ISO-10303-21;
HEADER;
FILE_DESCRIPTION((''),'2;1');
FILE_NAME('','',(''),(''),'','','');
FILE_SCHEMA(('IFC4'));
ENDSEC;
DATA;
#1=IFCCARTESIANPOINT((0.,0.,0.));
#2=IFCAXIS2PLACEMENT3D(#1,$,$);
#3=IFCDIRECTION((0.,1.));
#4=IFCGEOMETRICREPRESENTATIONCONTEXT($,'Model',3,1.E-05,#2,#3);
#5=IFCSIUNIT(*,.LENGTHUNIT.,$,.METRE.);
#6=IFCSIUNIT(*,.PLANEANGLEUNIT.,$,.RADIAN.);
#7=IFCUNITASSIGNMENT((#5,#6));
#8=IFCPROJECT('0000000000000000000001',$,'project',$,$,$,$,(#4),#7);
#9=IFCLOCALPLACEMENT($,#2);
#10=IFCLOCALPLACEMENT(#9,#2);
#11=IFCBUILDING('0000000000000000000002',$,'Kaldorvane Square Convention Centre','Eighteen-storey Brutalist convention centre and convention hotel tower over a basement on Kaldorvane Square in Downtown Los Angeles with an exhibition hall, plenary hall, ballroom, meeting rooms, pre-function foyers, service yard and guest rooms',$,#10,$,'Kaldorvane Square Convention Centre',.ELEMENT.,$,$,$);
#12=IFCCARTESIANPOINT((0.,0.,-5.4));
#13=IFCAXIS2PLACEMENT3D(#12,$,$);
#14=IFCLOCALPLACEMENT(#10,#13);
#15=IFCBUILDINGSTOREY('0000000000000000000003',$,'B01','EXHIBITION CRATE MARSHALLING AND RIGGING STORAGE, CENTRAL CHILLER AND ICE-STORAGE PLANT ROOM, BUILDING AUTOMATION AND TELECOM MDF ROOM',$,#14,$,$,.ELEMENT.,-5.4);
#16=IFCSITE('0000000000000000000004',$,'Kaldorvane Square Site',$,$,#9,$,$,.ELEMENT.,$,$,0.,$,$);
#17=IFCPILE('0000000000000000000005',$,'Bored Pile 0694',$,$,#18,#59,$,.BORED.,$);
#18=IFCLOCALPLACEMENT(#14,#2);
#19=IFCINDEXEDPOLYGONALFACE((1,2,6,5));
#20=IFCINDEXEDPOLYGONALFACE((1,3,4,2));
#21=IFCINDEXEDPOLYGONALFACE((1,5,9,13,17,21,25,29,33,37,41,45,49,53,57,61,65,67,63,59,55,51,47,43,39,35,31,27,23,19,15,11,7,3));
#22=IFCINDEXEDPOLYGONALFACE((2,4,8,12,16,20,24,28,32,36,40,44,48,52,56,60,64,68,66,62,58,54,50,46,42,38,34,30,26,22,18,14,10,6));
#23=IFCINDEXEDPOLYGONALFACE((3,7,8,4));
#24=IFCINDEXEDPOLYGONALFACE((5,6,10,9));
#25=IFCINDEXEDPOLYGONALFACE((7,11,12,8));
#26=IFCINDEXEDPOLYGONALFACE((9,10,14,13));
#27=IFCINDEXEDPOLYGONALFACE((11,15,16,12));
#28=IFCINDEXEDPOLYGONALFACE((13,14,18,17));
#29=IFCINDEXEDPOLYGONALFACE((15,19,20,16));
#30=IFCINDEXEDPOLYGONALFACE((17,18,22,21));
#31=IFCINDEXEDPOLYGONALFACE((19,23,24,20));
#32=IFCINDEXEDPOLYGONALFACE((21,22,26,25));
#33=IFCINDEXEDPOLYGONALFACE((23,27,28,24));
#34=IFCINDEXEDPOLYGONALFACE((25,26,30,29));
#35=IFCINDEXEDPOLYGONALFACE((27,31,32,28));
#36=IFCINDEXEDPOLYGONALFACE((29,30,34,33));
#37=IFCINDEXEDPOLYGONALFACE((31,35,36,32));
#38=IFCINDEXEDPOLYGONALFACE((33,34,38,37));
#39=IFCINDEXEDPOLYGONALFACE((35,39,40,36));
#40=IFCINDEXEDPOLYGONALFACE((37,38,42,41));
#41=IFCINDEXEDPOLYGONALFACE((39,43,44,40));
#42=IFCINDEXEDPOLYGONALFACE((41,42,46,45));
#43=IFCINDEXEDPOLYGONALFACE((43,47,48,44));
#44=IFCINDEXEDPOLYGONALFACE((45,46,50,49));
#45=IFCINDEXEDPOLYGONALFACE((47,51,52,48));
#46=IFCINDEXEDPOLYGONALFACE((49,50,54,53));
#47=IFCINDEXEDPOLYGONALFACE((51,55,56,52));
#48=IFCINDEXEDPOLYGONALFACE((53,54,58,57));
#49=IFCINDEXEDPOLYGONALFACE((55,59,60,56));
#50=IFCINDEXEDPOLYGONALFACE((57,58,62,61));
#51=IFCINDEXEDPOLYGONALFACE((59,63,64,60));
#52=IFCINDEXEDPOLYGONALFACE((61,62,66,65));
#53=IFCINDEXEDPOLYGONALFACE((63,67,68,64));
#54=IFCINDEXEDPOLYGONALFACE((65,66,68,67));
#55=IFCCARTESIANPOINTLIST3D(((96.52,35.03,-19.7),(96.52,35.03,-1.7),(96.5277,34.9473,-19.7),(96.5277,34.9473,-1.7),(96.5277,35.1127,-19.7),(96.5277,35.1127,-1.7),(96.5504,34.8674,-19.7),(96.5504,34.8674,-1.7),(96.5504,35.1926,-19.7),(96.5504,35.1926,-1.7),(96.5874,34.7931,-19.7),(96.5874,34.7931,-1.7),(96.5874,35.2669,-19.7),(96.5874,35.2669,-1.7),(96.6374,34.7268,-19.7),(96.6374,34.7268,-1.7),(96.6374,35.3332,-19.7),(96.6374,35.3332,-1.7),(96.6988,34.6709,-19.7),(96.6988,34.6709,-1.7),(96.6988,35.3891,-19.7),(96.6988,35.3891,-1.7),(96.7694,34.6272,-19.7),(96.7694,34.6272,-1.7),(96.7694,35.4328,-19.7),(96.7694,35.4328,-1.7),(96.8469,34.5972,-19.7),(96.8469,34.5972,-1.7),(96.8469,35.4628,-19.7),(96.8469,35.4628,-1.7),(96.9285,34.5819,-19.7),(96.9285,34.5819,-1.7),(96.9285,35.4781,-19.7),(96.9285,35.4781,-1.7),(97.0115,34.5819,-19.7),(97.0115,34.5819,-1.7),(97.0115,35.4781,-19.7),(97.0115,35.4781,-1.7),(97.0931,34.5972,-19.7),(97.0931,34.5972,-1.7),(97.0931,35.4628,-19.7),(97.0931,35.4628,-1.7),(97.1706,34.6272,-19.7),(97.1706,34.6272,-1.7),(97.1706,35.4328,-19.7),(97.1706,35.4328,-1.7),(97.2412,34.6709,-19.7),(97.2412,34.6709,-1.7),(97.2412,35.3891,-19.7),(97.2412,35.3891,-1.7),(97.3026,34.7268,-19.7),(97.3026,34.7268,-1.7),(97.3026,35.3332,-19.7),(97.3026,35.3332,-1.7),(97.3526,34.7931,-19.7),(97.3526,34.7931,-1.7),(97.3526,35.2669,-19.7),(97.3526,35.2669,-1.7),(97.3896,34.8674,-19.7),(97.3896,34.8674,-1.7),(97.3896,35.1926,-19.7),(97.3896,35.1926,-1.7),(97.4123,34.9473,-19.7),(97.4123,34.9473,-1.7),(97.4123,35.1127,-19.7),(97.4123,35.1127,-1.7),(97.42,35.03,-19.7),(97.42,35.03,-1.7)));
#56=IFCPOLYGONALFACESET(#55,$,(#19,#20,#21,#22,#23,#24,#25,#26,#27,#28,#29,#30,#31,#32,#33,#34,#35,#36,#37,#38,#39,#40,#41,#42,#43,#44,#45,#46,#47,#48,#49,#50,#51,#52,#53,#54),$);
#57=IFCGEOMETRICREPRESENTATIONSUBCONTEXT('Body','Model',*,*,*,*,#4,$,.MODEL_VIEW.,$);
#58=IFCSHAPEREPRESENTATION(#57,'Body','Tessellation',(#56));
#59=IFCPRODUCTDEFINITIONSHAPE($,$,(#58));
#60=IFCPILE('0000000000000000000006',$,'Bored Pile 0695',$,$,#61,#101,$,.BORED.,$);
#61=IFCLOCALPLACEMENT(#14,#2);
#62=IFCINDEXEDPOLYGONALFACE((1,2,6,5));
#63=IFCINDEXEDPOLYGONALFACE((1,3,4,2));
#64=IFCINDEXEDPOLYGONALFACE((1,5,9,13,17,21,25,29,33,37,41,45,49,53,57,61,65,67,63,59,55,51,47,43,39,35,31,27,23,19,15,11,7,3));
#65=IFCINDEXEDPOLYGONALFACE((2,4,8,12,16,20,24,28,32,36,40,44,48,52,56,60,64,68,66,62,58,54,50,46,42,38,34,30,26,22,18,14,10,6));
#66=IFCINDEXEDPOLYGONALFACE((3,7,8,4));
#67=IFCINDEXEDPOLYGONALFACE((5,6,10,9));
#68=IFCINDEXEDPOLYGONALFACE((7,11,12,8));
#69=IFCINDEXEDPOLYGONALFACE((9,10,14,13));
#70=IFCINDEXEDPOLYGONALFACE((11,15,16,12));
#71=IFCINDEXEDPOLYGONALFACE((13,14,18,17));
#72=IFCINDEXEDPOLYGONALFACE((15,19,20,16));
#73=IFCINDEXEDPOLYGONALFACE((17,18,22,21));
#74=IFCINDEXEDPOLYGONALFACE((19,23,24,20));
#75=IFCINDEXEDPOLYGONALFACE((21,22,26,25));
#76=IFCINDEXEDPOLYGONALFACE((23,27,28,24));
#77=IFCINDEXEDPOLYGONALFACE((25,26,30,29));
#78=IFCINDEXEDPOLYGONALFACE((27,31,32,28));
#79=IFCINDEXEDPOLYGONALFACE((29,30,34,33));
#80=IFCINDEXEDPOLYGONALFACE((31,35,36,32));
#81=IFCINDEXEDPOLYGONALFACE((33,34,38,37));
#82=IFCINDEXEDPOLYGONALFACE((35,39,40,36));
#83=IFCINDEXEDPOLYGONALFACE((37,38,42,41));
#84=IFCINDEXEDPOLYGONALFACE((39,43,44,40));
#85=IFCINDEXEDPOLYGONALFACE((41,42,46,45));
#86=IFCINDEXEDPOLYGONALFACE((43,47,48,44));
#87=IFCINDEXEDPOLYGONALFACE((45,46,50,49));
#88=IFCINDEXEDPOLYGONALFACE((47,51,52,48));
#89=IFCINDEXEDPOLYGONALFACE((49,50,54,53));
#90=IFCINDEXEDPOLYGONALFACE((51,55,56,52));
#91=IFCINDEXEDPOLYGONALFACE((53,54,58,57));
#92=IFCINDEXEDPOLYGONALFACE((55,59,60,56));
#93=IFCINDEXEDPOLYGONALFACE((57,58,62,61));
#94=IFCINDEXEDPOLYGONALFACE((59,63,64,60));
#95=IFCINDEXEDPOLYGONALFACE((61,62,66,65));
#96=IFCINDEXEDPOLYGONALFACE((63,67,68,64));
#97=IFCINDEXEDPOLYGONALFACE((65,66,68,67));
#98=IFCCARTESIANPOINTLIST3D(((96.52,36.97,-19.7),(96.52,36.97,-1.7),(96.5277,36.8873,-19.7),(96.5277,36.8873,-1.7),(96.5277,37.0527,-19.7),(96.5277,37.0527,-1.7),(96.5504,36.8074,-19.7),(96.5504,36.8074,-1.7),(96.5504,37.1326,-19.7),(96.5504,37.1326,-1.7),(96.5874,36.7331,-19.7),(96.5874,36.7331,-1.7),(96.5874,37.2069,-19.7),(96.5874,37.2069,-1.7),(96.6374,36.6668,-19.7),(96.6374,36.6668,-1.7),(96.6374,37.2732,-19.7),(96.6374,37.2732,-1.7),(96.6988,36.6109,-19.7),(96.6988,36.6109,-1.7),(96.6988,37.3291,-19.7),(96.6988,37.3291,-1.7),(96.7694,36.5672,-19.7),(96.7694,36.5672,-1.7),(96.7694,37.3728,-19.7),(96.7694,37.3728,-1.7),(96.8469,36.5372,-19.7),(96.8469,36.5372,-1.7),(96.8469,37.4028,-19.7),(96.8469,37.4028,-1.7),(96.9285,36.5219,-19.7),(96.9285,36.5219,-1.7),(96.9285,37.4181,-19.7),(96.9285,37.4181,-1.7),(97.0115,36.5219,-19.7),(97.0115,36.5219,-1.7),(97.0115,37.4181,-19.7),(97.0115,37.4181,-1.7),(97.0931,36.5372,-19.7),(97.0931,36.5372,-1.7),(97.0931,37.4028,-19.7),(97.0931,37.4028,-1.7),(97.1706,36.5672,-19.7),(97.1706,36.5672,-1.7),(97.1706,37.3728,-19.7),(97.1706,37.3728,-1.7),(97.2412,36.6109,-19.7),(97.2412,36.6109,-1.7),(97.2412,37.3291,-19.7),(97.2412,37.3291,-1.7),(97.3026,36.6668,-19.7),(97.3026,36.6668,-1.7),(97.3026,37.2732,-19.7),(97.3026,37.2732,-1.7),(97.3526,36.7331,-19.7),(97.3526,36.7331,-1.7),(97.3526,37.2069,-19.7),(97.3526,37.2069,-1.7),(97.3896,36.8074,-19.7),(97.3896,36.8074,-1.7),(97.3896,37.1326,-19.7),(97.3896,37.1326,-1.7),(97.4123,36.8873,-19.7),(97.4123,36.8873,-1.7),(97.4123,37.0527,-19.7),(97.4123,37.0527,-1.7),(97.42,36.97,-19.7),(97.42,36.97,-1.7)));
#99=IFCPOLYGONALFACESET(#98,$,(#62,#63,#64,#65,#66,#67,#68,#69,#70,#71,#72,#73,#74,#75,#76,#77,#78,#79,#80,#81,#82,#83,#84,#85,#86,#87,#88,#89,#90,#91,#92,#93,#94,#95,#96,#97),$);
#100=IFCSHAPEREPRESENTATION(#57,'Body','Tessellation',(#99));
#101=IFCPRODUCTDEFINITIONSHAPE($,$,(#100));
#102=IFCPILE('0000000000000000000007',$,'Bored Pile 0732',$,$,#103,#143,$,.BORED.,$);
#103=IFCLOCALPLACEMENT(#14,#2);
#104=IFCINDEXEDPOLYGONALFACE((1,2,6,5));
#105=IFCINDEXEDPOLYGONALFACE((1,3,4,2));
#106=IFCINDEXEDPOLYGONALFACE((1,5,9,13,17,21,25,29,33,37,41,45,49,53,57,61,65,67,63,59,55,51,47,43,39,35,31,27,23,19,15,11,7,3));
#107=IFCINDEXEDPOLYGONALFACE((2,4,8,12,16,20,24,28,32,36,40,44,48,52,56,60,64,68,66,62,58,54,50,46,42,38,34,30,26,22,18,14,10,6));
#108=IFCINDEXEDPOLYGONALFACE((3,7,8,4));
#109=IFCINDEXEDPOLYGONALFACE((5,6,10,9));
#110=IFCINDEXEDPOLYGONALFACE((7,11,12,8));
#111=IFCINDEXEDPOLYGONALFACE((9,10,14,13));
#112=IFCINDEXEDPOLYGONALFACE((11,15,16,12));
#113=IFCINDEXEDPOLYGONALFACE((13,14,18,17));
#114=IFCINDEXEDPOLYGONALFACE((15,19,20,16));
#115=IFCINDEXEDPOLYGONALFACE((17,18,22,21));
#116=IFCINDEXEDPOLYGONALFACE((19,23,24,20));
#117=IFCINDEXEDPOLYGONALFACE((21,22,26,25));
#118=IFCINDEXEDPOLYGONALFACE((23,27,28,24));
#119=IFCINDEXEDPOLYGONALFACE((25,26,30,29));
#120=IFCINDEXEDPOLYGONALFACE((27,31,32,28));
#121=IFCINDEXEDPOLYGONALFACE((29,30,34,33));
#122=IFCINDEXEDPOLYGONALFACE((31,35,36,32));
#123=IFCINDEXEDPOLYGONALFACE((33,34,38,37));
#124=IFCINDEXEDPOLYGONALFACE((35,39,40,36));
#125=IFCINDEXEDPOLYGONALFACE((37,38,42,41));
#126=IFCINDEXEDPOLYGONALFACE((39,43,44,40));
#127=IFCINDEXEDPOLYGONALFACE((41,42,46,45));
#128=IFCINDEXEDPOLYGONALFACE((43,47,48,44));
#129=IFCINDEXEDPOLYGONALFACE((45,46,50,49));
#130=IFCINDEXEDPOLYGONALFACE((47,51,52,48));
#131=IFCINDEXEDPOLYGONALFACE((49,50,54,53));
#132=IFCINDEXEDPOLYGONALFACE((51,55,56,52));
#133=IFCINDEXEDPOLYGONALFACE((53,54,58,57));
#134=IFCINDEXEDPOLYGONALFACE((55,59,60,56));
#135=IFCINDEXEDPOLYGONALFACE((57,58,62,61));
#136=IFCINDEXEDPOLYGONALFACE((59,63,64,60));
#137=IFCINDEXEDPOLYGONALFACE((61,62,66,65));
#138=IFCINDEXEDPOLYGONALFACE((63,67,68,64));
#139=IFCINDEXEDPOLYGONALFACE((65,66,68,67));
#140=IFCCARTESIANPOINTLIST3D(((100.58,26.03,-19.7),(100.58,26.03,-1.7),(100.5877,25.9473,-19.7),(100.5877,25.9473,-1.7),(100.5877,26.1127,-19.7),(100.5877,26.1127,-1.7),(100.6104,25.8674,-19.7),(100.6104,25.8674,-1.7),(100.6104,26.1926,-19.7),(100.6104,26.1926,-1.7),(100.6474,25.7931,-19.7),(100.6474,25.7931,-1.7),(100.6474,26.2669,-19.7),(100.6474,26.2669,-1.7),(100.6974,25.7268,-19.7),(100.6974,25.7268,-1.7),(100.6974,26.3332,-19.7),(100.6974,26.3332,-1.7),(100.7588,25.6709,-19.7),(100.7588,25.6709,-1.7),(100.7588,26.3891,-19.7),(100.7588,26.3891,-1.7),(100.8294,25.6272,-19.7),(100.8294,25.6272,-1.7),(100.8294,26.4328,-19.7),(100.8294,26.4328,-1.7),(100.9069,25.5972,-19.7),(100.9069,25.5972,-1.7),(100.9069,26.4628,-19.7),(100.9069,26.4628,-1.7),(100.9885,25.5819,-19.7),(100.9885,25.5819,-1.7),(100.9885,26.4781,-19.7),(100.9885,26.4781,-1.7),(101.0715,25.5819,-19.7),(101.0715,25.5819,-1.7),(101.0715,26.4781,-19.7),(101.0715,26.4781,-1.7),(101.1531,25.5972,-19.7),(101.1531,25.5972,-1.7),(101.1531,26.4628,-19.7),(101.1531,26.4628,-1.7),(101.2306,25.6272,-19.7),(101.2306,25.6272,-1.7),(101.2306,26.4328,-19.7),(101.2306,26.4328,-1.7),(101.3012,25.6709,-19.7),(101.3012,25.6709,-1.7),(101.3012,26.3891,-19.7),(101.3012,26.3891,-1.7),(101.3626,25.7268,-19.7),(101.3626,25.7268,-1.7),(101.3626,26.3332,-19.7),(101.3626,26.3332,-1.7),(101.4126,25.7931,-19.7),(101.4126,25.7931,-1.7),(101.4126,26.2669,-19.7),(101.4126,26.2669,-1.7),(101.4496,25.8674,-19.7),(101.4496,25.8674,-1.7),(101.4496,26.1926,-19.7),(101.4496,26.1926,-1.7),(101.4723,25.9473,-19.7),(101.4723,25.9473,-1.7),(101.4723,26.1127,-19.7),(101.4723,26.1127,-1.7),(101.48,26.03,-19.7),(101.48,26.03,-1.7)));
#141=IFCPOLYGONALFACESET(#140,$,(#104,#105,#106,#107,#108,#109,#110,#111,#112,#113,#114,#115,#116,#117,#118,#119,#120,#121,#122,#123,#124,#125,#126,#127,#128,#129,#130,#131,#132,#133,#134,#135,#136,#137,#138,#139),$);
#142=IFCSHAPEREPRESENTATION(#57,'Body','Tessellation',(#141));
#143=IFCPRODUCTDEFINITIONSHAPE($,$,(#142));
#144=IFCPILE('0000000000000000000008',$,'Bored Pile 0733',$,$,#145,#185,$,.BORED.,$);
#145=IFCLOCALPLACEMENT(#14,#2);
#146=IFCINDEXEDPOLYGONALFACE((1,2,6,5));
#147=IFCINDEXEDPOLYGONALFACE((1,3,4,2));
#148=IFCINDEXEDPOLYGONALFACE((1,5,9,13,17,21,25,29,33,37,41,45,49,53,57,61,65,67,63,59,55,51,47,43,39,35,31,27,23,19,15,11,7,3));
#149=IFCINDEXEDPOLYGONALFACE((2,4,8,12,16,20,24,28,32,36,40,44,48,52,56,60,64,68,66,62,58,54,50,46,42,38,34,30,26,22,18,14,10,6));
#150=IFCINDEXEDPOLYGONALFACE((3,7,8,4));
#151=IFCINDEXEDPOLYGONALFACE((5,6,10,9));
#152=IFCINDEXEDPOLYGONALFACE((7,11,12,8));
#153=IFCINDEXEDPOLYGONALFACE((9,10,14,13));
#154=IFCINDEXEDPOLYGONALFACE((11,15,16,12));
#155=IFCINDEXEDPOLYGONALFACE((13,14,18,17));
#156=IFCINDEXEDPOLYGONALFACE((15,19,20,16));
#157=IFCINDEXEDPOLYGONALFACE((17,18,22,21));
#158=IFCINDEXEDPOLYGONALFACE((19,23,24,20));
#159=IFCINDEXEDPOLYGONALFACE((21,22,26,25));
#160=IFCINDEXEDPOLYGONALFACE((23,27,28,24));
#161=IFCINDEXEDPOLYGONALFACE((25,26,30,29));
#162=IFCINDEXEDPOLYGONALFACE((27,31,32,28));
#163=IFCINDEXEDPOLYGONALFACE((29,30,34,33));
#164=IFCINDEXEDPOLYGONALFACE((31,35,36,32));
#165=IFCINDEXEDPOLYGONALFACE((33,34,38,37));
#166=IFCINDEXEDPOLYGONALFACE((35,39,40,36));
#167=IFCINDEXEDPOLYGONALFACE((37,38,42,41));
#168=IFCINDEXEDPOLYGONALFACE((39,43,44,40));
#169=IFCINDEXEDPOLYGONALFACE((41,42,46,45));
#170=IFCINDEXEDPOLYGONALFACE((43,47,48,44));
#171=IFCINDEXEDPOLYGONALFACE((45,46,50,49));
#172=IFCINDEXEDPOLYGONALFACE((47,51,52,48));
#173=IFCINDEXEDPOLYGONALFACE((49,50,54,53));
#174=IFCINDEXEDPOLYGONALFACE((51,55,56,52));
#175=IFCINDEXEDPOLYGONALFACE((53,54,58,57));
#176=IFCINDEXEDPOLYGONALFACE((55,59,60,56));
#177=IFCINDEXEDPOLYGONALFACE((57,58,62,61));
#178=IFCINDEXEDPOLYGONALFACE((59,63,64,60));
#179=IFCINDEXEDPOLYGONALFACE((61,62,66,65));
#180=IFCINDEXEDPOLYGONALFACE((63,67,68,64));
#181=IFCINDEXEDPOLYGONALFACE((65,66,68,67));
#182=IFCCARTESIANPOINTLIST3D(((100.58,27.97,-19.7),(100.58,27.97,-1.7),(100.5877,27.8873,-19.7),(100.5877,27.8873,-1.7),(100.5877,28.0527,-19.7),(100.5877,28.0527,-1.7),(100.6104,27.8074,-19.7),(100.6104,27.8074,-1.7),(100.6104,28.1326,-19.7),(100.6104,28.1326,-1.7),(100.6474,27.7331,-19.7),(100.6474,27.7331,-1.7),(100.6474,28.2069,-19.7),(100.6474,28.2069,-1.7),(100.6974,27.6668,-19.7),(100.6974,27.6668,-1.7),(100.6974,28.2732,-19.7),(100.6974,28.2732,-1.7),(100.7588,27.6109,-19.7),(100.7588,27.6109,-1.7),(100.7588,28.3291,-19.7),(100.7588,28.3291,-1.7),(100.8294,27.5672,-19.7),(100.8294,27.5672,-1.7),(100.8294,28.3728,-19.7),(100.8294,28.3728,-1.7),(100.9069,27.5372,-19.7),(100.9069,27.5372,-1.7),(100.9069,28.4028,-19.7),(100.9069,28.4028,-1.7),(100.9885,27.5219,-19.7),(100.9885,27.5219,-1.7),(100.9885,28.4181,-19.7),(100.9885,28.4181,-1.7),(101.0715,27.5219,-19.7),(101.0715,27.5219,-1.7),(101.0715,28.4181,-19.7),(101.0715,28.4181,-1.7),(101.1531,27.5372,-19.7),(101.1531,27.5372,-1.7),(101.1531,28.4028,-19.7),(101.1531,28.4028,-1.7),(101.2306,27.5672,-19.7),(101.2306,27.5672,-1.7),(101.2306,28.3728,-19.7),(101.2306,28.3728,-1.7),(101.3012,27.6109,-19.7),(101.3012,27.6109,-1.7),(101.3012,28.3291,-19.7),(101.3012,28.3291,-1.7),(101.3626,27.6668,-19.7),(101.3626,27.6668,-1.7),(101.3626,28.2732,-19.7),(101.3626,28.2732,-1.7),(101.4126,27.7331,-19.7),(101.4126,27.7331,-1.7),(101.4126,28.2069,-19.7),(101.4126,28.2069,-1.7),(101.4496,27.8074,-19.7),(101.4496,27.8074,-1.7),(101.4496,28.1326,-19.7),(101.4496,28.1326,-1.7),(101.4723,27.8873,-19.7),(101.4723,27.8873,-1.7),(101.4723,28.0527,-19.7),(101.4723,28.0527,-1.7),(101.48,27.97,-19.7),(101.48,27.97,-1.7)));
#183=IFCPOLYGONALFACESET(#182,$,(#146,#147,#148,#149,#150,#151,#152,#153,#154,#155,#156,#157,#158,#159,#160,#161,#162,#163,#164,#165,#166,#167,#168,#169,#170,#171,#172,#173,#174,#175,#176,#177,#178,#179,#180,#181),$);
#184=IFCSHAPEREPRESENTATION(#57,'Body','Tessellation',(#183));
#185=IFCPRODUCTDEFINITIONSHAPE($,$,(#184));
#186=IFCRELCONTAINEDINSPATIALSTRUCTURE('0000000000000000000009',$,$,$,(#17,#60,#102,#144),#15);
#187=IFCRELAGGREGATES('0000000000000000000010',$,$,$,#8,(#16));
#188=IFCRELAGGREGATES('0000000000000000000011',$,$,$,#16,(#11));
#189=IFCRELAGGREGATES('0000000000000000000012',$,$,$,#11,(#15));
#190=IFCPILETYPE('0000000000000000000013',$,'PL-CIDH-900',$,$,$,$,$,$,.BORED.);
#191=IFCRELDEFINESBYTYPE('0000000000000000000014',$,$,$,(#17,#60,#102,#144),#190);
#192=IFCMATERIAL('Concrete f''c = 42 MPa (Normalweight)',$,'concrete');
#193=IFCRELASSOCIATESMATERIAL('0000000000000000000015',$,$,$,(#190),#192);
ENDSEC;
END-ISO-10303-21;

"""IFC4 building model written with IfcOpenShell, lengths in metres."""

from ifc_helpers import new_model, si_unit, direction, frame, origin, origin_2d, place, context, subcontext, project, spatial, circle, extrude, material, material_profile, profile_set, type_object, element, save


model = new_model("IFC4")

# Units and contexts
model_context = context("Model", 3, precision=1e-05, world=origin(), true_north=direction((0.0, 1.0)))
body_context = subcontext(model_context, "Body", "Model", "MODEL_VIEW")
ifc_project = project(units=[si_unit("LENGTHUNIT", "METRE"), si_unit("PLANEANGLEUNIT", "RADIAN")], contexts=[model_context])

# Site, building, storey
site_placement = place(None, origin())
site = spatial("IfcSite", under=ifc_project, at=site_placement, Name="Kaldorvane Square Site", CompositionType="ELEMENT", RefElevation=0.0)
building_placement = place(site_placement, origin())
building = spatial("IfcBuilding", under=site, at=building_placement, Name="Kaldorvane Square Convention Centre", Description="Eighteen-storey Brutalist convention centre and convention hotel tower over a basement on Kaldorvane Square in Downtown Los Angeles with an exhibition hall, plenary hall, ballroom, meeting rooms, pre-function foyers, service yard and guest rooms", LongName="Kaldorvane Square Convention Centre", CompositionType="ELEMENT")
storey_placement = place(building_placement, frame((0.0, 0.0, -5.4)))
storey = spatial("IfcBuildingStorey", under=building, at=storey_placement, Name="B01", Description="EXHIBITION CRATE MARSHALLING AND RIGGING STORAGE, CENTRAL CHILLER AND ICE-STORAGE PLANT ROOM, BUILDING AUTOMATION AND TELECOM MDF ROOM", CompositionType="ELEMENT", Elevation=-5.4)

# Shared definitions
ifc_material_1 = material(Name="Concrete f'c = 42 MPa (Normalweight)", Category="concrete")

# Piles
ifc_material_profile_1 = material_profile(ifc_material_1, circle(Radius=0.45, at=origin_2d()), Name="PILE-D900")
ifc_profile_set_1 = profile_set([ifc_material_profile_1], Name="Concrete f'c = 42 MPa (Normalweight)")
pile_type = type_object("IfcPileType", Name="PL-CIDH-900", PredefinedType="BORED", material=ifc_profile_set_1)
for number, where, z_axis, x_axis, name in (
    (1, (96.97, 35.03, -1.7), (0.0, 0.0, -1.0), (1.0, 0.0, 0.0), "Bored Pile 0694"),
    (2, (96.97, 36.97, -1.7), (0.0, 0.0, -1.0), (1.0, 0.0, 0.0), "Bored Pile 0695"),
    (3, (101.03, 26.03, -1.7), (0.0, 0.0, -1.0), (1.0, 0.0, 0.0), "Bored Pile 0732"),
    (4, (101.03, 27.97, -1.7), (0.0, 0.0, -1.0), (1.0, 0.0, 0.0), "Bored Pile 0733"),
):
    element("IfcPile", number, at=place(storey_placement, frame(where, z_axis=z_axis, x_axis=x_axis)), inside=storey, type_object=pile_type, Name=name, PredefinedType="BORED", context=body_context, shape_type="SweptSolid", body=[
        extrude(circle(Radius=0.45, at=origin_2d()), origin(), (0.0, 0.0, 1.0), 18.0),
    ])

save(model, "model.ifc")
